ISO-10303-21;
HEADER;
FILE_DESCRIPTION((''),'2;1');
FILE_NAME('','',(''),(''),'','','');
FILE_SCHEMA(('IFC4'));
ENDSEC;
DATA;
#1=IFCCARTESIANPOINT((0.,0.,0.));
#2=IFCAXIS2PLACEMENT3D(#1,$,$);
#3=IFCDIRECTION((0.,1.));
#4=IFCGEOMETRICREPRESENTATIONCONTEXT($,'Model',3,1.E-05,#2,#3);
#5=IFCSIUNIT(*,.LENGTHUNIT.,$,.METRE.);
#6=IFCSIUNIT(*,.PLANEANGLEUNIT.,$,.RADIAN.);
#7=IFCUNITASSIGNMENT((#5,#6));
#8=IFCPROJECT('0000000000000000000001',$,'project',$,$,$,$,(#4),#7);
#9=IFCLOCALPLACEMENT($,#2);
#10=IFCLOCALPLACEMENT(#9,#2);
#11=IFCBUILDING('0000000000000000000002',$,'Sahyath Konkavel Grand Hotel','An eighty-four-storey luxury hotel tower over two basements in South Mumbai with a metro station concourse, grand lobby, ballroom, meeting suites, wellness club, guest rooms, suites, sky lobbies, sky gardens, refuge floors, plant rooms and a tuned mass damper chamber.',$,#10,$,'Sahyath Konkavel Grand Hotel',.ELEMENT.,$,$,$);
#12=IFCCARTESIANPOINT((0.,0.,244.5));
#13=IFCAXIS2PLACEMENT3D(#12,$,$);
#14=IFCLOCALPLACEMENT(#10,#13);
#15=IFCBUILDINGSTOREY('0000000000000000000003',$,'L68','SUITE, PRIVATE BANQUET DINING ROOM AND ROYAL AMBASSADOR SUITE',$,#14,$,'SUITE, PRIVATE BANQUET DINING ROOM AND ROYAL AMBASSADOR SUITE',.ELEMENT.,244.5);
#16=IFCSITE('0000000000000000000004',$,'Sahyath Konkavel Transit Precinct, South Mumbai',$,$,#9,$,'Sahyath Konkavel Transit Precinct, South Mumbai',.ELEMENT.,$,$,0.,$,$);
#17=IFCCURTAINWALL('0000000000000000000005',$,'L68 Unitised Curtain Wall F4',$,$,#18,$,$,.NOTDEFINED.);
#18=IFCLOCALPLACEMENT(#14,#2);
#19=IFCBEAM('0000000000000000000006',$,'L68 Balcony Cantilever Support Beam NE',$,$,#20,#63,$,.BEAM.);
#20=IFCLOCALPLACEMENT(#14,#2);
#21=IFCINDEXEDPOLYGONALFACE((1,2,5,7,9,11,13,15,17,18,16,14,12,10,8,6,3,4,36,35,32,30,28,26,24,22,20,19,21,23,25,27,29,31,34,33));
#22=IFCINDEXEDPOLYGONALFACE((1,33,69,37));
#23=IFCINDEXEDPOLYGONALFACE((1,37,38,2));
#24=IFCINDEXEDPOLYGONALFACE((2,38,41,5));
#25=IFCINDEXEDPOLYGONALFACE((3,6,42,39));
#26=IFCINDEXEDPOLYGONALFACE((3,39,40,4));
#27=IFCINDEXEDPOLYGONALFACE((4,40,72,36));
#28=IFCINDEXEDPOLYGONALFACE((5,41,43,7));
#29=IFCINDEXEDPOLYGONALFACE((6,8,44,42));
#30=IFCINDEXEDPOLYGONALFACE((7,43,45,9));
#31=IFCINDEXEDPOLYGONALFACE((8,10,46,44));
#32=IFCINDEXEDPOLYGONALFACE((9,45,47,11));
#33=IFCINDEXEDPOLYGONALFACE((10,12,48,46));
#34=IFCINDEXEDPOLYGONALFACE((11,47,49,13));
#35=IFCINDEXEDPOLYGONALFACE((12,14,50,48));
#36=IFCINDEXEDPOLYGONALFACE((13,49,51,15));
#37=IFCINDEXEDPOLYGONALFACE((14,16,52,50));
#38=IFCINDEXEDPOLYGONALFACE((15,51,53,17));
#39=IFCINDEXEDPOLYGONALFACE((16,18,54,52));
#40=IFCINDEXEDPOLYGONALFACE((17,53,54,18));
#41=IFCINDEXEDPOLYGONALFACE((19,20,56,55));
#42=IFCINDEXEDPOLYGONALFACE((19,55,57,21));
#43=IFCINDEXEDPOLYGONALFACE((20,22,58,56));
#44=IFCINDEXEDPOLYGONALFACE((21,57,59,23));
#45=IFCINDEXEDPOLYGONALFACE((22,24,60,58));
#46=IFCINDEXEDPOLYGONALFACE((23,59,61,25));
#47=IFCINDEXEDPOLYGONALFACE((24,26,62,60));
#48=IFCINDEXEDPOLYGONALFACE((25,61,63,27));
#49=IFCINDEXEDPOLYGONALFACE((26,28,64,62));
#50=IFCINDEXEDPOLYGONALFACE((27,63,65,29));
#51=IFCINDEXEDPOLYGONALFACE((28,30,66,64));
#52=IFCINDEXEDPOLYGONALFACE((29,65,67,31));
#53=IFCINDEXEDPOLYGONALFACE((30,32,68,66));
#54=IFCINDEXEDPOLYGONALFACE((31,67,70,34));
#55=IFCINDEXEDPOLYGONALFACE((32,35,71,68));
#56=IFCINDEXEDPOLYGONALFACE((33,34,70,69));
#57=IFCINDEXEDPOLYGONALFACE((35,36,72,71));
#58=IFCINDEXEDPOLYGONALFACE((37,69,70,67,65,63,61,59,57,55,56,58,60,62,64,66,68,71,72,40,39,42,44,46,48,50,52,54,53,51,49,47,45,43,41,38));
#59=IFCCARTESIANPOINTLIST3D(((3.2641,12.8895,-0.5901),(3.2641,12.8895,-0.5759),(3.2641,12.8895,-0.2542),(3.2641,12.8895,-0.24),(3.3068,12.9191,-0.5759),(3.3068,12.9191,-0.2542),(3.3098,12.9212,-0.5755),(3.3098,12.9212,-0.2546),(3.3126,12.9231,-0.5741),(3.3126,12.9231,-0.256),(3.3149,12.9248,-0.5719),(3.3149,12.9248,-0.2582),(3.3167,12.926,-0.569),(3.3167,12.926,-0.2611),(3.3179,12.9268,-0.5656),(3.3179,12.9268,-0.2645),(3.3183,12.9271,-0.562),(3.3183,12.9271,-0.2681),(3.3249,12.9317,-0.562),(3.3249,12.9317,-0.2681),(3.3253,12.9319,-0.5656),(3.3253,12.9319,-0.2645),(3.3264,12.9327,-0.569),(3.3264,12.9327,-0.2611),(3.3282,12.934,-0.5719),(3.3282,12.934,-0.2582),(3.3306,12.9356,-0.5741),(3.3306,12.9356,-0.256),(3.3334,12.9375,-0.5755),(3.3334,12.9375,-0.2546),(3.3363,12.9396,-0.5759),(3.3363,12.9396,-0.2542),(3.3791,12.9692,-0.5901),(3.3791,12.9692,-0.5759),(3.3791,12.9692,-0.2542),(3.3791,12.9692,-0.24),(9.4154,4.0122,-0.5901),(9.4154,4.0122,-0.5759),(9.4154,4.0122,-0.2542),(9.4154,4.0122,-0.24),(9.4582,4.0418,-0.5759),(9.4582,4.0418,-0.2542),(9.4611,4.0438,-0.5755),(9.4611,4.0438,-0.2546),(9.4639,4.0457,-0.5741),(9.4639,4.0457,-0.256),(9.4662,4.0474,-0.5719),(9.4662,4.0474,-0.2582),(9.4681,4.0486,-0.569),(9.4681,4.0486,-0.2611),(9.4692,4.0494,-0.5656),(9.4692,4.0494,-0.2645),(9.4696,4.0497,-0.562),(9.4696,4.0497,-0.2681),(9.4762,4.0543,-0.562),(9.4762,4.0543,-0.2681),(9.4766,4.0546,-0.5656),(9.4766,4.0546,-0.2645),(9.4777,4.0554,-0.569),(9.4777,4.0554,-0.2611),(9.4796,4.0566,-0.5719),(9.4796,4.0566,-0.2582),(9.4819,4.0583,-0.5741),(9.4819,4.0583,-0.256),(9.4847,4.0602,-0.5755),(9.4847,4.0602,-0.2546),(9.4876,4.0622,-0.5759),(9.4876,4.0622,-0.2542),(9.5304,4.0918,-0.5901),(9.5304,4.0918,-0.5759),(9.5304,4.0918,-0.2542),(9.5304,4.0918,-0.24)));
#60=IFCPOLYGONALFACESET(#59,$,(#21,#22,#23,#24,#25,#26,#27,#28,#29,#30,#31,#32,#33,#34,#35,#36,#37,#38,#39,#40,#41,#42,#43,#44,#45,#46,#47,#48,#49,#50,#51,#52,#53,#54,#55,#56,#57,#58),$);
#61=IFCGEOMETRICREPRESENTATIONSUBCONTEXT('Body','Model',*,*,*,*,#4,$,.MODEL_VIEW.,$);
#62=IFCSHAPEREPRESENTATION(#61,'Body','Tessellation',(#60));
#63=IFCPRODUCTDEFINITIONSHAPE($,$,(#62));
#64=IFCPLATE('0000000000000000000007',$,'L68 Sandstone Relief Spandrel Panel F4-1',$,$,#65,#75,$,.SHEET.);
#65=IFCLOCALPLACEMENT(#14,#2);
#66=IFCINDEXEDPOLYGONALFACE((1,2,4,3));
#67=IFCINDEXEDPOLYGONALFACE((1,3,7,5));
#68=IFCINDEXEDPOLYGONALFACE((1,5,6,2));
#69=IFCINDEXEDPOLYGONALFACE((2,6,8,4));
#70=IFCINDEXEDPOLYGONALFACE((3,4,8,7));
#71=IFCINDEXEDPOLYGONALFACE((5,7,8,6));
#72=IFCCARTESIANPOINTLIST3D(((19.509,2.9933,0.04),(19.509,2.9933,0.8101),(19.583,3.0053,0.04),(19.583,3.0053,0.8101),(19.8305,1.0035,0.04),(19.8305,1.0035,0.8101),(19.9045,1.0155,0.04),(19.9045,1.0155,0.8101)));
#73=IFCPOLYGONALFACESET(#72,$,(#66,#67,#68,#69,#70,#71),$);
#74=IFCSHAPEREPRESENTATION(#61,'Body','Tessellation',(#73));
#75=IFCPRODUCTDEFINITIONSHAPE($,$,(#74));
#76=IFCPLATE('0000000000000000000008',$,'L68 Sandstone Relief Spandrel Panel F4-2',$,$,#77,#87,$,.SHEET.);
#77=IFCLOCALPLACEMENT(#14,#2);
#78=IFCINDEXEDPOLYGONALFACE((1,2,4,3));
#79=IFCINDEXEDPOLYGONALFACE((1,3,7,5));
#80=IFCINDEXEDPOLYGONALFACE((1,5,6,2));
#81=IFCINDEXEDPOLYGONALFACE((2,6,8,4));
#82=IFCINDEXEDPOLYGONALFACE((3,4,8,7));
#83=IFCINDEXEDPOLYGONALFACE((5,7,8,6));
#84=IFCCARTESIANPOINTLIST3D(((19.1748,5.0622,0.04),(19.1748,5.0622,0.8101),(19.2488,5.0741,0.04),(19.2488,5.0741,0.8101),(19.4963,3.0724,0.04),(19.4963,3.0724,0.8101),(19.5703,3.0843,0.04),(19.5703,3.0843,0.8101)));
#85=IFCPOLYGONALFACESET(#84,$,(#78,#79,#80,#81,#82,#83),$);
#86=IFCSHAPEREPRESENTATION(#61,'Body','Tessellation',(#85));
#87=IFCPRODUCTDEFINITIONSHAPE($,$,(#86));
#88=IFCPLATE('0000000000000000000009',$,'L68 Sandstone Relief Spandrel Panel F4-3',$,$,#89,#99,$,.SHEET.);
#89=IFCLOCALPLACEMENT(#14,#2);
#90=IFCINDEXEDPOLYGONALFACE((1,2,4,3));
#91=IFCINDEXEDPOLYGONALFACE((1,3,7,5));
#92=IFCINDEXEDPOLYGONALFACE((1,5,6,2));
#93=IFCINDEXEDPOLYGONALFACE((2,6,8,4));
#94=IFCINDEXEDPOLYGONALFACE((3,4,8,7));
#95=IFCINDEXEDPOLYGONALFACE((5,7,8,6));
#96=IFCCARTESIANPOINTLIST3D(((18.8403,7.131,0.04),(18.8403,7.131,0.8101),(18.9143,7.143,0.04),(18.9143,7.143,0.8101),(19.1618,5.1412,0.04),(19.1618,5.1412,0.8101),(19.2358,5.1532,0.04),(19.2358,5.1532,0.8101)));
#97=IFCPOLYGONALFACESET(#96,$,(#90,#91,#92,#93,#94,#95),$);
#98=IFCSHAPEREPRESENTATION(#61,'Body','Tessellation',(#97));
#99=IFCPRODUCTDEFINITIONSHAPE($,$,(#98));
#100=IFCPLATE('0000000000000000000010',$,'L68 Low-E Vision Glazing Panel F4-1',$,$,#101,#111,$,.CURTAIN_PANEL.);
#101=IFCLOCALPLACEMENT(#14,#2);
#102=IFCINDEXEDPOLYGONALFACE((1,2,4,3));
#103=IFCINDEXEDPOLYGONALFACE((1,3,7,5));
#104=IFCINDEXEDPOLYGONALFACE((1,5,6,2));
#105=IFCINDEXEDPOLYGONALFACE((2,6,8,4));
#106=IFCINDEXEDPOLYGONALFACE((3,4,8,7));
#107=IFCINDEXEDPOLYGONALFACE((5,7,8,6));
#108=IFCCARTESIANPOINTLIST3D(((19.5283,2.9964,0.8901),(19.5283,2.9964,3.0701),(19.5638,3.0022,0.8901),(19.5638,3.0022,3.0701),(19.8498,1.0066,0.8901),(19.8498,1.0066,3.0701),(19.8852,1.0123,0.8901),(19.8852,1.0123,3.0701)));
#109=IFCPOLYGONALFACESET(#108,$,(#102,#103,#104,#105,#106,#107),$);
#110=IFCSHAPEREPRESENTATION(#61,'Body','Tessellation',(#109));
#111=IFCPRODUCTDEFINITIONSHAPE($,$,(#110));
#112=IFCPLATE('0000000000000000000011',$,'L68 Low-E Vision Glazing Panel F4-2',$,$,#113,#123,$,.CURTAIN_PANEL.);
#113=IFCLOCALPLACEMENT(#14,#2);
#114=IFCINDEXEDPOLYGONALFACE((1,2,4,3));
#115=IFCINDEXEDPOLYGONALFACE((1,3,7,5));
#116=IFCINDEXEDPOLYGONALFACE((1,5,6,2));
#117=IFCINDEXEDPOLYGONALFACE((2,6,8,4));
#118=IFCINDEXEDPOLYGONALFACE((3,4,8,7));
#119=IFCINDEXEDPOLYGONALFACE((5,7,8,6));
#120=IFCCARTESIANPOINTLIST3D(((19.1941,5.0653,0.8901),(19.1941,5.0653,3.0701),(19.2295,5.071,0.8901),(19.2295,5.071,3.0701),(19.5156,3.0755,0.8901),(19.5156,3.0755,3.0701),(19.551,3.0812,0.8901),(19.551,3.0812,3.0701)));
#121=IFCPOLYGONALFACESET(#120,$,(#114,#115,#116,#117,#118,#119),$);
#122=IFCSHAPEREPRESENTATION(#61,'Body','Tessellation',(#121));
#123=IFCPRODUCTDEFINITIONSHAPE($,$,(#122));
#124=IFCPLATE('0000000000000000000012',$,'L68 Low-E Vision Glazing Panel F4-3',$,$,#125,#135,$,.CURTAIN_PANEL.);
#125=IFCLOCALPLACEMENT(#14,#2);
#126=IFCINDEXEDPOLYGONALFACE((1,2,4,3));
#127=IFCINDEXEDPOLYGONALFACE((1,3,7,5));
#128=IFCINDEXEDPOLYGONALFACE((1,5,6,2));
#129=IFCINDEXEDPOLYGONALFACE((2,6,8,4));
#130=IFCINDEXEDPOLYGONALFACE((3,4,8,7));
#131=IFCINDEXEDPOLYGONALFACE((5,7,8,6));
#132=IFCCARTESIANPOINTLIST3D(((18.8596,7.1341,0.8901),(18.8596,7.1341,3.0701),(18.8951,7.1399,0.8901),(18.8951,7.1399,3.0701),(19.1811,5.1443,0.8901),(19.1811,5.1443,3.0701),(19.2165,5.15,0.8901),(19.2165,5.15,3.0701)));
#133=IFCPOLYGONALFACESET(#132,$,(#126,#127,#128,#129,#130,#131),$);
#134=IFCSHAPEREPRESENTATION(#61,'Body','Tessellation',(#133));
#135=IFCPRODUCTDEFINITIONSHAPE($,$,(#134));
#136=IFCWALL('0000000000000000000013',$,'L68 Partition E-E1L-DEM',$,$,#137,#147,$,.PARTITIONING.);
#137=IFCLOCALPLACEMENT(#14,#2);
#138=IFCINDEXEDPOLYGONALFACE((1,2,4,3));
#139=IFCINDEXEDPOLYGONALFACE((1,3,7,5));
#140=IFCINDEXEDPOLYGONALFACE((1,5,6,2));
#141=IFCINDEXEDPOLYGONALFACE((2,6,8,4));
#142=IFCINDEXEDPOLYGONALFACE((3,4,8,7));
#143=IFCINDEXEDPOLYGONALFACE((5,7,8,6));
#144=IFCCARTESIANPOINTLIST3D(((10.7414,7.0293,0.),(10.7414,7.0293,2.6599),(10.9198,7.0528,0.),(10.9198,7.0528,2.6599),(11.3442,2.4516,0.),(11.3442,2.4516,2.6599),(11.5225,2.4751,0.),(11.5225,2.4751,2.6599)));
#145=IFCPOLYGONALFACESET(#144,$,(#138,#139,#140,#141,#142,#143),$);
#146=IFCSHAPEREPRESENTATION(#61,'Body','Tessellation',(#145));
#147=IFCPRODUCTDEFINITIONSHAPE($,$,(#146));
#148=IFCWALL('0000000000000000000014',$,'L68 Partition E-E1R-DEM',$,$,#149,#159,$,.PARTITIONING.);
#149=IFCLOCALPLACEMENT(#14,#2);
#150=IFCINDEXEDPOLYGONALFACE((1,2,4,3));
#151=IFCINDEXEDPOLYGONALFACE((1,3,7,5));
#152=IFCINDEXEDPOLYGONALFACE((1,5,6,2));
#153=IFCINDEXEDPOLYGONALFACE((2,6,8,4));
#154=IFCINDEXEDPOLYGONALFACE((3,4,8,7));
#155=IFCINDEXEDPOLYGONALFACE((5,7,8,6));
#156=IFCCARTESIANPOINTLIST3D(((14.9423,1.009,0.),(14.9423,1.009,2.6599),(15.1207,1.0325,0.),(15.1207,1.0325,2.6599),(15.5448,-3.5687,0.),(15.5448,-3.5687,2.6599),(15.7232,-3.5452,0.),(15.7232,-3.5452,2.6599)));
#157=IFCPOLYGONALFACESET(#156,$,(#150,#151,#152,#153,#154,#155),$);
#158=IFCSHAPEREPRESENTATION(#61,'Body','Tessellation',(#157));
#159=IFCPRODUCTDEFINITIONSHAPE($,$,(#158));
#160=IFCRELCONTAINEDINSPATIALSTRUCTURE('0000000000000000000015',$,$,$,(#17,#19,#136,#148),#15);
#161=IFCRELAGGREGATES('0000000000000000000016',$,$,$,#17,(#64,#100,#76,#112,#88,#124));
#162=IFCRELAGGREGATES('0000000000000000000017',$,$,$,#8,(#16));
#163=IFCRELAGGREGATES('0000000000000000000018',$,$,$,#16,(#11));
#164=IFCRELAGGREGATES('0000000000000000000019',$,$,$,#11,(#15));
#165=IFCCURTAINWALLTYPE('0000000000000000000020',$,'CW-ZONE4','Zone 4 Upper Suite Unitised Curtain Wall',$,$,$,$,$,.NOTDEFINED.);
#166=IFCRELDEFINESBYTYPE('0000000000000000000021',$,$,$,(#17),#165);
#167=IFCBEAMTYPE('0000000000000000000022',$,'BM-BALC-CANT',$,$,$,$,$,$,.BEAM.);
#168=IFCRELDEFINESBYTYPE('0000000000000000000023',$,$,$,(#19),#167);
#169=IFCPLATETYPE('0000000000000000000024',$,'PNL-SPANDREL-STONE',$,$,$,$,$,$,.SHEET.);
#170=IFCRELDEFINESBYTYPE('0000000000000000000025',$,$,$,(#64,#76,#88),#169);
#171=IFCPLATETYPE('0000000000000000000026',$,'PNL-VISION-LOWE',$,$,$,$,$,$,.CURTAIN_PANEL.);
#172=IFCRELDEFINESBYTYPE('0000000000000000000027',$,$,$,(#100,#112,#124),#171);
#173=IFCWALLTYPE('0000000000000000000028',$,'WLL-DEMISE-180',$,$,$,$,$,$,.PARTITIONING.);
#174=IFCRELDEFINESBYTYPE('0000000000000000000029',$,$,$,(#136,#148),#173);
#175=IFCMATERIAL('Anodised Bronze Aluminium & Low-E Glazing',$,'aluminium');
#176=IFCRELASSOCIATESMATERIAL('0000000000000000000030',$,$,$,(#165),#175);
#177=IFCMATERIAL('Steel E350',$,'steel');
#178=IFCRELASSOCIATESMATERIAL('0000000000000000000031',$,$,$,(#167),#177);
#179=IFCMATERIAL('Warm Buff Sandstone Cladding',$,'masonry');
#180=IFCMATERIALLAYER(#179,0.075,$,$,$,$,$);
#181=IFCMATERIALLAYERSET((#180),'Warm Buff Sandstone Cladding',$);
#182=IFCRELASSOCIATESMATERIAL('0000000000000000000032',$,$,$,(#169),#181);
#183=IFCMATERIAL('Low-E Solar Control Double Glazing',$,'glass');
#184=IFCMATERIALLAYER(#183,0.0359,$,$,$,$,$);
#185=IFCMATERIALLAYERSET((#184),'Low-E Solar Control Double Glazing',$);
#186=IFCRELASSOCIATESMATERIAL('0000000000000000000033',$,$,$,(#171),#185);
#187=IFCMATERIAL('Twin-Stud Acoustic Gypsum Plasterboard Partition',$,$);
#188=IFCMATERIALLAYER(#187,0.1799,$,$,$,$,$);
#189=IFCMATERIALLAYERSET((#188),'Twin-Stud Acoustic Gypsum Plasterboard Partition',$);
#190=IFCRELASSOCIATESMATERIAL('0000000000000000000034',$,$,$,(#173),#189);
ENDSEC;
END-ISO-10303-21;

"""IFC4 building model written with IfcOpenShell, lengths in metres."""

from ifc_helpers import new_model, si_unit, direction, frame, frame_2d, origin, origin_2d, place, context, subcontext, project, spatial, rectangle, i_section, extrude, source, transform, mapped, material, layer, layer_set, material_profile, profile_set, type_object, element, aggregate, save


model = new_model("IFC4")

# Units and contexts
model_context = context("Model", 3, precision=1e-05, world=origin(), true_north=direction((0.0, 1.0)))
body_context = subcontext(model_context, "Body", "Model", "MODEL_VIEW")
ifc_project = project(units=[si_unit("LENGTHUNIT", "METRE"), si_unit("PLANEANGLEUNIT", "RADIAN")], contexts=[model_context])

# Site, building, storey
site_placement = place(None, origin())
site = spatial("IfcSite", under=ifc_project, at=site_placement, Name="Sahyath Konkavel Transit Precinct, South Mumbai", LongName="Sahyath Konkavel Transit Precinct, South Mumbai", CompositionType="ELEMENT", RefElevation=0.0)
building_placement = place(site_placement, origin())
building = spatial("IfcBuilding", under=site, at=building_placement, Name="Sahyath Konkavel Grand Hotel", Description="An eighty-four-storey luxury hotel tower over two basements in South Mumbai with a metro station concourse, grand lobby, ballroom, meeting suites, wellness club, guest rooms, suites, sky lobbies, sky gardens, refuge floors, plant rooms and a tuned mass damper chamber.", LongName="Sahyath Konkavel Grand Hotel", CompositionType="ELEMENT")
storey_placement = place(building_placement, frame((0.0, 0.0, 244.5)))
storey = spatial("IfcBuildingStorey", under=building, at=storey_placement, Name="L68", Description="SUITE, PRIVATE BANQUET DINING ROOM AND ROYAL AMBASSADOR SUITE", LongName="SUITE, PRIVATE BANQUET DINING ROOM AND ROYAL AMBASSADOR SUITE", CompositionType="ELEMENT", Elevation=244.5)

# Curtain wall
ifc_material_1 = material(Name="Anodised Bronze Aluminium & Low-E Glazing", Category="aluminium")
curtain_wall_type = type_object("IfcCurtainWallType", Name="CW-ZONE4", Description="Zone 4 Upper Suite Unitised Curtain Wall", PredefinedType="NOTDEFINED", material=ifc_material_1)
curtain_wall_1_placement = place(storey_placement, origin())
curtain_wall_1 = element("IfcCurtainWall", 1, at=curtain_wall_1_placement, inside=storey, type_object=curtain_wall_type, Name="L68 Unitised Curtain Wall F4", PredefinedType="NOTDEFINED")

# Beam
ifc_material_2 = material(Name="Steel E350", Category="steel")
ifc_material_profile_1 = material_profile(ifc_material_2, i_section(OverallWidth=0.1399, OverallDepth=0.3501, WebThickness=0.0081, FlangeThickness=0.0142, FilletRadius=0.0139, at=origin_2d()), Name="ISMB 350")
ifc_profile_set_1 = profile_set([ifc_material_profile_1], Name="Steel E350")
beam_type = type_object("IfcBeamType", Name="BM-BALC-CANT", PredefinedType="BEAM", material=ifc_profile_set_1)
shared_shape_1 = source(origin(), body_context, "Body", "SweptSolid", [
    extrude(i_section(OverallWidth=0.1399, OverallDepth=0.3501, WebThickness=0.0081, FlangeThickness=0.0142, FilletRadius=0.0139, at=origin_2d()), origin(), (0.0, 0.0, 1.0), 10.8003),
])
beam_placement = place(storey_placement, frame((9.4729, 4.052, -0.415), z_axis=(-0.569551, 0.821956, 0.0), x_axis=(-0.821956, -0.569551, 0.0)))
element("IfcBeam", 2, at=beam_placement, inside=storey, type_object=beam_type, Name="L68 Balcony Cantilever Support Beam NE", PredefinedType="BEAM", context=body_context, shape_type="MappedRepresentation", body=[
    mapped(shared_shape_1, transform((0.0, 0.0, 0.0), scale=1.0)),
])

# Plates
ifc_material_3 = material(Name="Warm Buff Sandstone Cladding", Category="masonry")
ifc_layer_1 = layer(ifc_material_3, 0.075)
ifc_layer_set_1 = layer_set([ifc_layer_1], Name="Warm Buff Sandstone Cladding")
plate_type_1 = type_object("IfcPlateType", Name="PNL-SPANDREL-STONE", PredefinedType="SHEET", material=ifc_layer_set_1)
shared_shape_2 = source(origin(), body_context, "Body", "SweptSolid", [
    extrude(rectangle(XDim=2.0156, YDim=0.075, at=origin_2d()), origin(), (0.0, 0.0, 1.0), 0.77),
])
plate_1_placement = place(storey_placement, frame((19.7068, 2.0044, 0.04), z_axis=(0.0, 0.0, 1.0), x_axis=(-0.159502, 0.987198, 0.0)))
plate_1 = element("IfcPlate", 3, at=plate_1_placement, type_object=plate_type_1, Name="L68 Sandstone Relief Spandrel Panel F4-1", PredefinedType="SHEET", context=body_context, shape_type="MappedRepresentation", body=[
    mapped(shared_shape_2, transform((0.0, 0.0, 0.0), scale=1.0)),
])
plate_2_placement = place(storey_placement, frame((19.3726, 4.0732, 0.04), z_axis=(0.0, 0.0, 1.0), x_axis=(-0.159502, 0.987198, 0.0)))
plate_2 = element("IfcPlate", 4, at=plate_2_placement, type_object=plate_type_1, Name="L68 Sandstone Relief Spandrel Panel F4-2", PredefinedType="SHEET", context=body_context, shape_type="MappedRepresentation", body=[
    mapped(shared_shape_2, transform((0.0, 0.0, 0.0), scale=1.0)),
])
plate_3_placement = place(storey_placement, frame((19.0381, 6.1421, 0.04), z_axis=(0.0, 0.0, 1.0), x_axis=(-0.159502, 0.987198, 0.0)))
plate_3 = element("IfcPlate", 5, at=plate_3_placement, type_object=plate_type_1, Name="L68 Sandstone Relief Spandrel Panel F4-3", PredefinedType="SHEET", context=body_context, shape_type="MappedRepresentation", body=[
    mapped(shared_shape_2, transform((0.0, 0.0, 0.0), scale=1.0)),
])
ifc_material_4 = material(Name="Low-E Solar Control Double Glazing", Category="glass")
ifc_layer_2 = layer(ifc_material_4, 0.0359)
ifc_layer_set_2 = layer_set([ifc_layer_2], Name="Low-E Solar Control Double Glazing")
plate_type_2 = type_object("IfcPlateType", Name="PNL-VISION-LOWE", PredefinedType="CURTAIN_PANEL", material=ifc_layer_set_2)
shared_shape_3 = source(origin(), body_context, "Body", "SweptSolid", [
    extrude(rectangle(XDim=2.0156, YDim=0.0359, at=origin_2d()), origin(), (0.0, 0.0, 1.0), 2.1799),
])
plate_4_placement = place(storey_placement, frame((19.7068, 2.0044, 0.8901), z_axis=(0.0, 0.0, 1.0), x_axis=(-0.159502, 0.987198, 0.0)))
plate_4 = element("IfcPlate", 6, at=plate_4_placement, type_object=plate_type_2, Name="L68 Low-E Vision Glazing Panel F4-1", PredefinedType="CURTAIN_PANEL", context=body_context, shape_type="MappedRepresentation", body=[
    mapped(shared_shape_3, transform((0.0, 0.0, 0.0), scale=1.0)),
])
plate_5_placement = place(storey_placement, frame((19.3726, 4.0732, 0.8901), z_axis=(0.0, 0.0, 1.0), x_axis=(-0.159502, 0.987198, 0.0)))
plate_5 = element("IfcPlate", 7, at=plate_5_placement, type_object=plate_type_2, Name="L68 Low-E Vision Glazing Panel F4-2", PredefinedType="CURTAIN_PANEL", context=body_context, shape_type="MappedRepresentation", body=[
    mapped(shared_shape_3, transform((0.0, 0.0, 0.0), scale=1.0)),
])
plate_6_placement = place(storey_placement, frame((19.0381, 6.1421, 0.8901), z_axis=(0.0, 0.0, 1.0), x_axis=(-0.159502, 0.987198, 0.0)))
plate_6 = element("IfcPlate", 8, at=plate_6_placement, type_object=plate_type_2, Name="L68 Low-E Vision Glazing Panel F4-3", PredefinedType="CURTAIN_PANEL", context=body_context, shape_type="MappedRepresentation", body=[
    mapped(shared_shape_3, transform((0.0, 0.0, 0.0), scale=1.0)),
])
aggregate(curtain_wall_1, [plate_1, plate_4, plate_2, plate_5, plate_3, plate_6])

# Walls
ifc_material_5 = material(Name="Twin-Stud Acoustic Gypsum Plasterboard Partition")
ifc_layer_3 = layer(ifc_material_5, 0.1799)
ifc_layer_set_3 = layer_set([ifc_layer_3], Name="Twin-Stud Acoustic Gypsum Plasterboard Partition")
wall_type_1 = type_object("IfcWallType", Name="WLL-DEMISE-180", PredefinedType="PARTITIONING", material=ifc_layer_set_3)
for number, where, z_axis, x_axis, name in (
    (9, (11.4333, 2.4634, 0.0), (0.0, 0.0, 1.0), (-0.130553, 0.991441, 0.0), "L68 Partition E-E1L-DEM"),
    (10, (15.0315, 1.0208, 0.0), (0.0, 0.0, 1.0), (0.130501, -0.991448, 0.0), "L68 Partition E-E1R-DEM"),
):
    element("IfcWall", number, at=place(storey_placement, frame(where, z_axis=z_axis, x_axis=x_axis)), inside=storey, type_object=wall_type_1, Name=name, PredefinedType="PARTITIONING", context=body_context, shape_type="SweptSolid", body=[
        extrude(rectangle(XDim=4.6172, YDim=0.1799, at=frame_2d((2.3086, 0.0))), origin(), (0.0, 0.0, 1.0), 2.6599),
    ])

save(model, "model.ifc")
